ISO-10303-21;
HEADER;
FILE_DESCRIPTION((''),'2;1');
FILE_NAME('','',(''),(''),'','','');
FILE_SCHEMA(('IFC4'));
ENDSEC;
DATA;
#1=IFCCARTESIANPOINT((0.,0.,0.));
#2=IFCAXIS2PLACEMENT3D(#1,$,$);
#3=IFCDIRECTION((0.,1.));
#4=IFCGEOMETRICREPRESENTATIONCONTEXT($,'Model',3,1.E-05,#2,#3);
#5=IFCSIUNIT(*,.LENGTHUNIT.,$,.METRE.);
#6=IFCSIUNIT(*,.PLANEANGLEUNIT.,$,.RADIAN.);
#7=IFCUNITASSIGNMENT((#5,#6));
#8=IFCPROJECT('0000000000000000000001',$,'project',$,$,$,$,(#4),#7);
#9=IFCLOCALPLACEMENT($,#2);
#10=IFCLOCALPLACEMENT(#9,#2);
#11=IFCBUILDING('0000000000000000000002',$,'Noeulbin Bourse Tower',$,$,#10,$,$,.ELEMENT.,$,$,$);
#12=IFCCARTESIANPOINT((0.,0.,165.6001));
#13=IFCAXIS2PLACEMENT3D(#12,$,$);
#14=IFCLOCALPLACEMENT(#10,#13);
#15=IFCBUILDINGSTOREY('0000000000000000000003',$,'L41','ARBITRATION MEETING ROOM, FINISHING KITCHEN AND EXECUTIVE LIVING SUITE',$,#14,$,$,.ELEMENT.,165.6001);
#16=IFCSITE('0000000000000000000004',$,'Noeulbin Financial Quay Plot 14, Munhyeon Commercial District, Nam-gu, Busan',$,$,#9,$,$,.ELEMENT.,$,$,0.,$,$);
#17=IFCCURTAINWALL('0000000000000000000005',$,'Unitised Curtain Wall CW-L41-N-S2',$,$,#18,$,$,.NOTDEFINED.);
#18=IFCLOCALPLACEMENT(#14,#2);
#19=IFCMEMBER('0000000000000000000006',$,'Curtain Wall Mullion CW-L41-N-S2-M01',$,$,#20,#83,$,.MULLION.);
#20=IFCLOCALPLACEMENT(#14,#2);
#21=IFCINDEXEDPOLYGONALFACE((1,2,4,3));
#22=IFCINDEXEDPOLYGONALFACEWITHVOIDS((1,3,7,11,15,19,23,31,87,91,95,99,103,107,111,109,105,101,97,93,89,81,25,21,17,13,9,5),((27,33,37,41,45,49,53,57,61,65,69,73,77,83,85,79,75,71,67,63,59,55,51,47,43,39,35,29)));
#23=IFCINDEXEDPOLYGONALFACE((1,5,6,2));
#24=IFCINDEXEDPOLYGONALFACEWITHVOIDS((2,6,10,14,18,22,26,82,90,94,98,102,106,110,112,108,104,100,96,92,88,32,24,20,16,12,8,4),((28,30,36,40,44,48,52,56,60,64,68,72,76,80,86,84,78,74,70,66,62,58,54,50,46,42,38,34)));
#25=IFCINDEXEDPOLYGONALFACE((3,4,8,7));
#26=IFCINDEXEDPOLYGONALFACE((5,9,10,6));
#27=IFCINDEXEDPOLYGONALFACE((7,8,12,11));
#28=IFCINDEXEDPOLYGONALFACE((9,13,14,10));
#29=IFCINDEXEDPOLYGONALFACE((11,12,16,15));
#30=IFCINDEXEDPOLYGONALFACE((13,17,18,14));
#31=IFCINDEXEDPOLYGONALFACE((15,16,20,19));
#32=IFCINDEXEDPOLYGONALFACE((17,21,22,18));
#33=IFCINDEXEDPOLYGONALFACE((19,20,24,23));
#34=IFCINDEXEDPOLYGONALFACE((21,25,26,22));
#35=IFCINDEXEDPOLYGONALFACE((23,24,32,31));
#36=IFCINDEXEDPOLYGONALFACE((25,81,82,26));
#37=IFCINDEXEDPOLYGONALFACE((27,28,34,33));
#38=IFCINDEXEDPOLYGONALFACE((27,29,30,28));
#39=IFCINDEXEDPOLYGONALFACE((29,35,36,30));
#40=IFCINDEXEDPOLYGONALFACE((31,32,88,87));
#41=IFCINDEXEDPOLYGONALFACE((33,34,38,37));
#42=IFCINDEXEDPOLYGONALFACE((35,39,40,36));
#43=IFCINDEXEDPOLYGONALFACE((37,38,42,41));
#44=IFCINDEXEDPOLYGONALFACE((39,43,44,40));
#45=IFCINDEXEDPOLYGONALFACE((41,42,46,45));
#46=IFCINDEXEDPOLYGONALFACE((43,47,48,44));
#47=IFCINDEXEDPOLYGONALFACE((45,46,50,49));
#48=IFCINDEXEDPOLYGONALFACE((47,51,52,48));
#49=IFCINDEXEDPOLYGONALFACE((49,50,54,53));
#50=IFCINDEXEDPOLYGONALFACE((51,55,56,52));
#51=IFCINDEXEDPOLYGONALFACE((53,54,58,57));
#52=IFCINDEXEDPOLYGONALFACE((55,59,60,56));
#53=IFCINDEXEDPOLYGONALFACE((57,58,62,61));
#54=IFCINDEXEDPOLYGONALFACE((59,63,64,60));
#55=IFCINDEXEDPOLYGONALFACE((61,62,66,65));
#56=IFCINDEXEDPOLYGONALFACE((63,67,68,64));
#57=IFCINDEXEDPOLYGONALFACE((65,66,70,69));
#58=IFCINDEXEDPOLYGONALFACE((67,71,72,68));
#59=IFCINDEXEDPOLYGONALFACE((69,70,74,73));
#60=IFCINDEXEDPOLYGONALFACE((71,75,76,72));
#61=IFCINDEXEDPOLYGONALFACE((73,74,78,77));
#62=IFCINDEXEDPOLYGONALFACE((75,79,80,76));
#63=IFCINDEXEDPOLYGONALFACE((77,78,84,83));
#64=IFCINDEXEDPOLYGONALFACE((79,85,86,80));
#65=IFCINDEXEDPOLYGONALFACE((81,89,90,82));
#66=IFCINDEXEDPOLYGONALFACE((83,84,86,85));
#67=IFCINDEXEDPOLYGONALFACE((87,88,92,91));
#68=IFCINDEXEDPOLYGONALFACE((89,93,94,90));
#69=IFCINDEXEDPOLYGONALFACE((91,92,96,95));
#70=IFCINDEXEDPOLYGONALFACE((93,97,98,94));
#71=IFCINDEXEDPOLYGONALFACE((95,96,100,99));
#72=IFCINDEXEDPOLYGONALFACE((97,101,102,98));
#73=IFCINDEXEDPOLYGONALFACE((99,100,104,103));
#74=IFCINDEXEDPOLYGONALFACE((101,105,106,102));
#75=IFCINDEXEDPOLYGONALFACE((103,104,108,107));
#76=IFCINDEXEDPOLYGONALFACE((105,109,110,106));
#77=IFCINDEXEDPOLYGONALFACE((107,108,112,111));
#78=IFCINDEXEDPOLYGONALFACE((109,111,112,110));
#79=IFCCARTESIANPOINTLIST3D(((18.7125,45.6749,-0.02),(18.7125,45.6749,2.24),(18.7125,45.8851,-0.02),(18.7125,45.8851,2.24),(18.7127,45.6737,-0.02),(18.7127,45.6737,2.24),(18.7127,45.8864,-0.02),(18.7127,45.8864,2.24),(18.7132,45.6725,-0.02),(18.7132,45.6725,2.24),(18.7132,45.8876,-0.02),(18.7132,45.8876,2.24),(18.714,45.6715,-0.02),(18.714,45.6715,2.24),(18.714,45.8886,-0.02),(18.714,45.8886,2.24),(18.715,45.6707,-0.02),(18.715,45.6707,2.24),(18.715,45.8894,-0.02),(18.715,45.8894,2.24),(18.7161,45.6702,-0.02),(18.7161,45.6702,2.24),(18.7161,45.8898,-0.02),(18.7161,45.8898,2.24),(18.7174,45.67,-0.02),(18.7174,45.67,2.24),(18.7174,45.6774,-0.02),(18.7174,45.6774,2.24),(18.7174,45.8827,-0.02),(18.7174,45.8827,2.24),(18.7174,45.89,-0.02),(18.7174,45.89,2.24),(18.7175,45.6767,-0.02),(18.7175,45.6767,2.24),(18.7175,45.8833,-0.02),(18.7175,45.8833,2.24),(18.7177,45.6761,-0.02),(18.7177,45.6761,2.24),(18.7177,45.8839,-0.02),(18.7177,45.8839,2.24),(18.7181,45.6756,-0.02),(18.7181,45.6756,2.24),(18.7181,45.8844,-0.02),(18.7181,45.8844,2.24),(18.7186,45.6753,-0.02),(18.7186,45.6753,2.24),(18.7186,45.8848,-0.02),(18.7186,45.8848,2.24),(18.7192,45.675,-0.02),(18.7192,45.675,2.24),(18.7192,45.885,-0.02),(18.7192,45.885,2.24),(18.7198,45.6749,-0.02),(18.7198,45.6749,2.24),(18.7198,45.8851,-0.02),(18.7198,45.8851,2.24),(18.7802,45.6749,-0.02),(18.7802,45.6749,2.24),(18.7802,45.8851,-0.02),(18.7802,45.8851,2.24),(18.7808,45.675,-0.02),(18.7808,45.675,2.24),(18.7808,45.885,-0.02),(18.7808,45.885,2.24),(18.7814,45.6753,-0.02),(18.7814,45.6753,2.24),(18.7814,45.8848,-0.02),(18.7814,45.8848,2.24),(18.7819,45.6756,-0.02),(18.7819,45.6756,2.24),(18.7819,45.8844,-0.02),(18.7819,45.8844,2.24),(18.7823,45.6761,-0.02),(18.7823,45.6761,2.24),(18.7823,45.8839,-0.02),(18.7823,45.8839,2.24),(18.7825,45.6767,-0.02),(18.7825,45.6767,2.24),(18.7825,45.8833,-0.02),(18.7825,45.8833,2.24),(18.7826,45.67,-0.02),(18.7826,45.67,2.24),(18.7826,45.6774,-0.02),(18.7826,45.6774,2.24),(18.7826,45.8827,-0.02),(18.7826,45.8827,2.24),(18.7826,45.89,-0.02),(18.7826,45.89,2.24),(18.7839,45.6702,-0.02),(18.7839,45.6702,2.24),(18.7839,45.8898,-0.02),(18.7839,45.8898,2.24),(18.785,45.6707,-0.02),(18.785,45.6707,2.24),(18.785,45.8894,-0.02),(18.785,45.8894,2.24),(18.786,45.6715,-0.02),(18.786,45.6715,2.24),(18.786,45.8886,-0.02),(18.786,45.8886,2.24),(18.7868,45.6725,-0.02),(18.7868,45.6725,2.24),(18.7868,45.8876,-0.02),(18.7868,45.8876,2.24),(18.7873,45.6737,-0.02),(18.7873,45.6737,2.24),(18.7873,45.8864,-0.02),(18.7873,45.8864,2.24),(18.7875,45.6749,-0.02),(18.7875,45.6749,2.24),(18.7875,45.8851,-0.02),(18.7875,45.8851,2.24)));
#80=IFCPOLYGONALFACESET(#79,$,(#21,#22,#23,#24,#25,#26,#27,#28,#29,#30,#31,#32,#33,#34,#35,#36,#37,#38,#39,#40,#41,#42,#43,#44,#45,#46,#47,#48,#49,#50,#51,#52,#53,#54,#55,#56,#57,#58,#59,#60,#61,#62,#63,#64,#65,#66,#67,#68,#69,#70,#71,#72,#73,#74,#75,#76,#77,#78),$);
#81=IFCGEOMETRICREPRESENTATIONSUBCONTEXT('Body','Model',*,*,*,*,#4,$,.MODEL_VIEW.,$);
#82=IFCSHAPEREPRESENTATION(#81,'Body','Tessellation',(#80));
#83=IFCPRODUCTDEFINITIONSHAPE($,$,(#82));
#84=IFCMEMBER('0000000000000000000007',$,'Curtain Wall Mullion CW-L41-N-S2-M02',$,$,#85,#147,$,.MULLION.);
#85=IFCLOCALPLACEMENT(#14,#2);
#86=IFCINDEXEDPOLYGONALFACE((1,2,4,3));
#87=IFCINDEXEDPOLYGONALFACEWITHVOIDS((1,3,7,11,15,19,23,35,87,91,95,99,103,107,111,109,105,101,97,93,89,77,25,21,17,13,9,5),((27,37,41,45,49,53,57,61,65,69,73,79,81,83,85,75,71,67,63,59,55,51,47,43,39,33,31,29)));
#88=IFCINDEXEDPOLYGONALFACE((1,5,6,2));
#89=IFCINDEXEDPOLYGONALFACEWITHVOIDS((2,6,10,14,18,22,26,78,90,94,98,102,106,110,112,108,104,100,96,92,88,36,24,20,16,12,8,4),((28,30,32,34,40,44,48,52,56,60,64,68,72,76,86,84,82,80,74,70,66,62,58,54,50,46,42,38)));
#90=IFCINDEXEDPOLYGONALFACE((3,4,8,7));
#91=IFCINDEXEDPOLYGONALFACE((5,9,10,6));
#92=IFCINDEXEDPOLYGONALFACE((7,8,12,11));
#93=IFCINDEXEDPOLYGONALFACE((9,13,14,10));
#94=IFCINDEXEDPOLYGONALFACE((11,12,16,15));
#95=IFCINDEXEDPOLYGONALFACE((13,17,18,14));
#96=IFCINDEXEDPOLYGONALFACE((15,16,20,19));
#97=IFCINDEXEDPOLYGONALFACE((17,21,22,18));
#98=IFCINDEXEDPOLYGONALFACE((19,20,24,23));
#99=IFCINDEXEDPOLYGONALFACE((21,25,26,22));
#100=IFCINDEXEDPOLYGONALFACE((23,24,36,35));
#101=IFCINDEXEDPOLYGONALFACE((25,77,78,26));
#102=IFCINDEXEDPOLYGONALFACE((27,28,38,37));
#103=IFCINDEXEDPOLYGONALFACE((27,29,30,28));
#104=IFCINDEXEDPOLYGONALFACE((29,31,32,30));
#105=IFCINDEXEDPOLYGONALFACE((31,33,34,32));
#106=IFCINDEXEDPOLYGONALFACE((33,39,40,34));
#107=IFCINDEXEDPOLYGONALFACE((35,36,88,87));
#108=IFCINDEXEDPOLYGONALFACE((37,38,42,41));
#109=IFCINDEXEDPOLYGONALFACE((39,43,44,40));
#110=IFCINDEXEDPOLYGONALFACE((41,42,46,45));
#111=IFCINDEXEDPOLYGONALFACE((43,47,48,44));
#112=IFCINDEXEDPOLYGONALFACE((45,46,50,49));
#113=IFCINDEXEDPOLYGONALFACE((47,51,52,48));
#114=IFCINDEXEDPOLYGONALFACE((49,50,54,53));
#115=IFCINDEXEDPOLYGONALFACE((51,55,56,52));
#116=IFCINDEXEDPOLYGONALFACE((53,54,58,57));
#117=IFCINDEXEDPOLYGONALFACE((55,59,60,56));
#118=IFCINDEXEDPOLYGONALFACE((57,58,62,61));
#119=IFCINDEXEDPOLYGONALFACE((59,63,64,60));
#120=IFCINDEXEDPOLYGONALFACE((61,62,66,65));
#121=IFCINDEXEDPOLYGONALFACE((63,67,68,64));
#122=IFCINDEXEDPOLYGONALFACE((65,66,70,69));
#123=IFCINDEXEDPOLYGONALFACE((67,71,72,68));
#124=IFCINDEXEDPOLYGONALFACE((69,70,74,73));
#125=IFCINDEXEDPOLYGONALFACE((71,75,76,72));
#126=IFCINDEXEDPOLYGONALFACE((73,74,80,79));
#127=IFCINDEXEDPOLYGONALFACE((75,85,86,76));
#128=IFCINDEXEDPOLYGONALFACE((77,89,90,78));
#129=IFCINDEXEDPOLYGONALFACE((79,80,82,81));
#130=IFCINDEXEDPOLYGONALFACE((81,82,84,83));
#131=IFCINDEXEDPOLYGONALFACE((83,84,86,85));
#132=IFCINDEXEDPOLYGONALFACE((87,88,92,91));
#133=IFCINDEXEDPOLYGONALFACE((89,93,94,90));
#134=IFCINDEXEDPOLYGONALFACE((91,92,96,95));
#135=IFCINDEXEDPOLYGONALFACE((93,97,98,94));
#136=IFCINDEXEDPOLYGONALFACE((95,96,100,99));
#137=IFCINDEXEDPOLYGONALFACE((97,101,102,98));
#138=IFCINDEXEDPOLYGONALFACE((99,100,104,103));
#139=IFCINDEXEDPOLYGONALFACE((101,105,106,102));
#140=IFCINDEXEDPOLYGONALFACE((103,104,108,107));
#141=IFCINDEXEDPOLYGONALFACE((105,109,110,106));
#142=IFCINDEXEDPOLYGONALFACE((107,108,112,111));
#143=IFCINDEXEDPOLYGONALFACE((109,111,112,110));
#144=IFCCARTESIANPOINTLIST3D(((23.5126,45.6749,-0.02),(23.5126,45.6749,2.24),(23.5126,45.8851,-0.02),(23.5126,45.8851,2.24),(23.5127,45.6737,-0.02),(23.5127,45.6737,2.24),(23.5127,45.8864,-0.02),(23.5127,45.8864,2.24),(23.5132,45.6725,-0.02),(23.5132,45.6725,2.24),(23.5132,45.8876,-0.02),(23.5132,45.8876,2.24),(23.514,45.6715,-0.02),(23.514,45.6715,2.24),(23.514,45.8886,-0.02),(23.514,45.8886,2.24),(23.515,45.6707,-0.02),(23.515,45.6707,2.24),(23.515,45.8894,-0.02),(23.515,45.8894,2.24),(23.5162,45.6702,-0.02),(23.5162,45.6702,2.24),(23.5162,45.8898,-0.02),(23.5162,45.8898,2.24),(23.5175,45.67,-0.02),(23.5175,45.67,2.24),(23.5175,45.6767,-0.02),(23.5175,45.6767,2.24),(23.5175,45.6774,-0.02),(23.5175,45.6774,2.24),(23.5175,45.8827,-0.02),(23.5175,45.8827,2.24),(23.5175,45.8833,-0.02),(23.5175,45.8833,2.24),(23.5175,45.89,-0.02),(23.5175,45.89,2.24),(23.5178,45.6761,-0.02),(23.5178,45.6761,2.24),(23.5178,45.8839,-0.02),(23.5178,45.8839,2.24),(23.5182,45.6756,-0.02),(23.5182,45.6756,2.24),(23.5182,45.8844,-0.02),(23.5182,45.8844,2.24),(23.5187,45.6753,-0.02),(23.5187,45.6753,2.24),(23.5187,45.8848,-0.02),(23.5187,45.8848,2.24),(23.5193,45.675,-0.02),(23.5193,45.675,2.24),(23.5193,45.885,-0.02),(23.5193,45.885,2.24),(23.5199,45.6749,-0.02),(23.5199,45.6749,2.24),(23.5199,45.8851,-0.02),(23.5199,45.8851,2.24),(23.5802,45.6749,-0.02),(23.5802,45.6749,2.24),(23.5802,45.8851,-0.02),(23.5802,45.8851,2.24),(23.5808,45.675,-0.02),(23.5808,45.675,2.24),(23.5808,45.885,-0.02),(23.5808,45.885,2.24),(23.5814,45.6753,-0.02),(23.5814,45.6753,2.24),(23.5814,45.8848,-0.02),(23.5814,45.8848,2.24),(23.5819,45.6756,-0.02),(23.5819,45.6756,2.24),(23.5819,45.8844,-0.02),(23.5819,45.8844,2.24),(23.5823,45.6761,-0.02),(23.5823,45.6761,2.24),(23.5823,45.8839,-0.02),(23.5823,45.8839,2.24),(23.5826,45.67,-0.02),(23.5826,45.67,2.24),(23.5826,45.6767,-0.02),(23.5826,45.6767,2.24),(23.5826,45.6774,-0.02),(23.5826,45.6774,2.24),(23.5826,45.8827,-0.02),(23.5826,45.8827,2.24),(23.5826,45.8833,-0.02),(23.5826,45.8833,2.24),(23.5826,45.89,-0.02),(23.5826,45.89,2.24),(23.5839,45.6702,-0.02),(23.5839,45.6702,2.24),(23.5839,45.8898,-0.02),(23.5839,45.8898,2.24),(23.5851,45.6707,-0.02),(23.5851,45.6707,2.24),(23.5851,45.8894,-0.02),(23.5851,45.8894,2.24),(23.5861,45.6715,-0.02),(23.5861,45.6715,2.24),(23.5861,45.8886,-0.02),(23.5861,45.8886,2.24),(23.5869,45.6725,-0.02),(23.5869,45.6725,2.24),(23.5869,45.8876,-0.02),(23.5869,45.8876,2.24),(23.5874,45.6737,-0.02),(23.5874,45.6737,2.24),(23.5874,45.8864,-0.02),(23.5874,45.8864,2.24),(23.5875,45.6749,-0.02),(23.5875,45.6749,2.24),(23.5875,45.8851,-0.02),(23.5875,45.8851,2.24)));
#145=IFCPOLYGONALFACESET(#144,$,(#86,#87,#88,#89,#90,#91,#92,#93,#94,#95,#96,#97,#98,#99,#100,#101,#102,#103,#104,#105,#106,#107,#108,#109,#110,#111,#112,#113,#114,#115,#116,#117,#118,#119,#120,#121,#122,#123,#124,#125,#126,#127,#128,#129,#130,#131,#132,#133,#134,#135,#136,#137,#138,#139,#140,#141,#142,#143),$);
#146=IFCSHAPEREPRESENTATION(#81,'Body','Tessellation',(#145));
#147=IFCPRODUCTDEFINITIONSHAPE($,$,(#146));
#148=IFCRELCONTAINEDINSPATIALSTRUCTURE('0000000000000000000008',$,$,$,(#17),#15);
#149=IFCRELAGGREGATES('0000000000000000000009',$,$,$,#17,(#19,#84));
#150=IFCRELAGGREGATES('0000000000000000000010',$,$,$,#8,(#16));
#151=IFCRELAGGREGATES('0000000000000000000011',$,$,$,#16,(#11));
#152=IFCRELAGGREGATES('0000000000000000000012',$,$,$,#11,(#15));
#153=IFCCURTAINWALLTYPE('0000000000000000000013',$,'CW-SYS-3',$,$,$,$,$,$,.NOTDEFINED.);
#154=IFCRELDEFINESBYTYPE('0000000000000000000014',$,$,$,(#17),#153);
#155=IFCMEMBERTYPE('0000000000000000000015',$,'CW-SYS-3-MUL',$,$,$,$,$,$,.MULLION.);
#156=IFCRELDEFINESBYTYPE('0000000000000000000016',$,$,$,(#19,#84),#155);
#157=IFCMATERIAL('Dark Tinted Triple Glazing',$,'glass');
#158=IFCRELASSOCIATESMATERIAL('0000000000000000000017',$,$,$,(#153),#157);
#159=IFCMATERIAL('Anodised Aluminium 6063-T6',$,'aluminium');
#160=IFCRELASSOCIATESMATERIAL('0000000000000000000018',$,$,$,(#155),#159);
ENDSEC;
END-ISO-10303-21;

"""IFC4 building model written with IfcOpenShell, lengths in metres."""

from ifc_helpers import new_model, si_unit, direction, frame, origin, origin_2d, place, context, subcontext, project, spatial, hollow_rectangle, extrude, material, material_profile, profile_set, type_object, element, aggregate, save


model = new_model("IFC4")

# Units and contexts
model_context = context("Model", 3, precision=1e-05, world=origin(), true_north=direction((0.0, 1.0)))
body_context = subcontext(model_context, "Body", "Model", "MODEL_VIEW")
ifc_project = project(units=[si_unit("LENGTHUNIT", "METRE"), si_unit("PLANEANGLEUNIT", "RADIAN")], contexts=[model_context])

# Site, building, storey
site_placement = place(None, origin())
site = spatial("IfcSite", under=ifc_project, at=site_placement, Name="Noeulbin Financial Quay Plot 14, Munhyeon Commercial District, Nam-gu, Busan", CompositionType="ELEMENT", RefElevation=0.0)
building_placement = place(site_placement, origin())
building = spatial("IfcBuilding", under=site, at=building_placement, Name="Noeulbin Bourse Tower", CompositionType="ELEMENT")
storey_placement = place(building_placement, frame((0.0, 0.0, 165.6001)))
storey = spatial("IfcBuildingStorey", under=building, at=storey_placement, Name="L41", Description="ARBITRATION MEETING ROOM, FINISHING KITCHEN AND EXECUTIVE LIVING SUITE", CompositionType="ELEMENT", Elevation=165.6001)

# Curtain wall, members
ifc_material_1 = material(Name="Dark Tinted Triple Glazing", Category="glass")
curtain_wall_type = type_object("IfcCurtainWallType", Name="CW-SYS-3", PredefinedType="NOTDEFINED", material=ifc_material_1)
curtain_wall_1_placement = place(storey_placement, origin())
curtain_wall_1 = element("IfcCurtainWall", 1, at=curtain_wall_1_placement, inside=storey, type_object=curtain_wall_type, Name="Unitised Curtain Wall CW-L41-N-S2", PredefinedType="NOTDEFINED")
ifc_material_2 = material(Name="Anodised Aluminium 6063-T6", Category="aluminium")
ifc_material_profile_1 = material_profile(ifc_material_2, hollow_rectangle(XDim=0.075, YDim=0.22, WallThickness=0.0049, InnerFilletRadius=0.0024, OuterFilletRadius=0.0049, at=origin_2d()), Name="ALU-MULL-75x220x5", Category="LoadBearing")
ifc_profile_set_1 = profile_set([ifc_material_profile_1], Name="Anodised Aluminium 6063-T6")
member_type_1 = type_object("IfcMemberType", Name="CW-SYS-3-MUL", PredefinedType="MULLION", material=ifc_profile_set_1)
member_1_placement = place(storey_placement, frame((18.75, 45.78, -0.02), z_axis=(0.0, 0.0, 1.0), x_axis=(1.0, 0.0, 0.0)))
member_1 = element("IfcMember", 2, at=member_1_placement, type_object=member_type_1, Name="Curtain Wall Mullion CW-L41-N-S2-M01", PredefinedType="MULLION", context=body_context, shape_type="SweptSolid", body=[
    extrude(hollow_rectangle(XDim=0.075, YDim=0.22, WallThickness=0.0049, InnerFilletRadius=0.0024, OuterFilletRadius=0.0049, at=origin_2d()), origin(), (0.0, 0.0, 1.0), 2.26),
])
member_2_placement = place(storey_placement, frame((23.55, 45.78, -0.02), z_axis=(0.0, 0.0, 1.0), x_axis=(1.0, 0.0, 0.0)))
member_2 = element("IfcMember", 3, at=member_2_placement, type_object=member_type_1, Name="Curtain Wall Mullion CW-L41-N-S2-M02", PredefinedType="MULLION", context=body_context, shape_type="SweptSolid", body=[
    extrude(hollow_rectangle(XDim=0.075, YDim=0.22, WallThickness=0.0049, InnerFilletRadius=0.0024, OuterFilletRadius=0.0049, at=origin_2d()), origin(), (0.0, 0.0, 1.0), 2.26),
])

aggregate(curtain_wall_1, [member_1, member_2])

save(model, "model.ifc")
